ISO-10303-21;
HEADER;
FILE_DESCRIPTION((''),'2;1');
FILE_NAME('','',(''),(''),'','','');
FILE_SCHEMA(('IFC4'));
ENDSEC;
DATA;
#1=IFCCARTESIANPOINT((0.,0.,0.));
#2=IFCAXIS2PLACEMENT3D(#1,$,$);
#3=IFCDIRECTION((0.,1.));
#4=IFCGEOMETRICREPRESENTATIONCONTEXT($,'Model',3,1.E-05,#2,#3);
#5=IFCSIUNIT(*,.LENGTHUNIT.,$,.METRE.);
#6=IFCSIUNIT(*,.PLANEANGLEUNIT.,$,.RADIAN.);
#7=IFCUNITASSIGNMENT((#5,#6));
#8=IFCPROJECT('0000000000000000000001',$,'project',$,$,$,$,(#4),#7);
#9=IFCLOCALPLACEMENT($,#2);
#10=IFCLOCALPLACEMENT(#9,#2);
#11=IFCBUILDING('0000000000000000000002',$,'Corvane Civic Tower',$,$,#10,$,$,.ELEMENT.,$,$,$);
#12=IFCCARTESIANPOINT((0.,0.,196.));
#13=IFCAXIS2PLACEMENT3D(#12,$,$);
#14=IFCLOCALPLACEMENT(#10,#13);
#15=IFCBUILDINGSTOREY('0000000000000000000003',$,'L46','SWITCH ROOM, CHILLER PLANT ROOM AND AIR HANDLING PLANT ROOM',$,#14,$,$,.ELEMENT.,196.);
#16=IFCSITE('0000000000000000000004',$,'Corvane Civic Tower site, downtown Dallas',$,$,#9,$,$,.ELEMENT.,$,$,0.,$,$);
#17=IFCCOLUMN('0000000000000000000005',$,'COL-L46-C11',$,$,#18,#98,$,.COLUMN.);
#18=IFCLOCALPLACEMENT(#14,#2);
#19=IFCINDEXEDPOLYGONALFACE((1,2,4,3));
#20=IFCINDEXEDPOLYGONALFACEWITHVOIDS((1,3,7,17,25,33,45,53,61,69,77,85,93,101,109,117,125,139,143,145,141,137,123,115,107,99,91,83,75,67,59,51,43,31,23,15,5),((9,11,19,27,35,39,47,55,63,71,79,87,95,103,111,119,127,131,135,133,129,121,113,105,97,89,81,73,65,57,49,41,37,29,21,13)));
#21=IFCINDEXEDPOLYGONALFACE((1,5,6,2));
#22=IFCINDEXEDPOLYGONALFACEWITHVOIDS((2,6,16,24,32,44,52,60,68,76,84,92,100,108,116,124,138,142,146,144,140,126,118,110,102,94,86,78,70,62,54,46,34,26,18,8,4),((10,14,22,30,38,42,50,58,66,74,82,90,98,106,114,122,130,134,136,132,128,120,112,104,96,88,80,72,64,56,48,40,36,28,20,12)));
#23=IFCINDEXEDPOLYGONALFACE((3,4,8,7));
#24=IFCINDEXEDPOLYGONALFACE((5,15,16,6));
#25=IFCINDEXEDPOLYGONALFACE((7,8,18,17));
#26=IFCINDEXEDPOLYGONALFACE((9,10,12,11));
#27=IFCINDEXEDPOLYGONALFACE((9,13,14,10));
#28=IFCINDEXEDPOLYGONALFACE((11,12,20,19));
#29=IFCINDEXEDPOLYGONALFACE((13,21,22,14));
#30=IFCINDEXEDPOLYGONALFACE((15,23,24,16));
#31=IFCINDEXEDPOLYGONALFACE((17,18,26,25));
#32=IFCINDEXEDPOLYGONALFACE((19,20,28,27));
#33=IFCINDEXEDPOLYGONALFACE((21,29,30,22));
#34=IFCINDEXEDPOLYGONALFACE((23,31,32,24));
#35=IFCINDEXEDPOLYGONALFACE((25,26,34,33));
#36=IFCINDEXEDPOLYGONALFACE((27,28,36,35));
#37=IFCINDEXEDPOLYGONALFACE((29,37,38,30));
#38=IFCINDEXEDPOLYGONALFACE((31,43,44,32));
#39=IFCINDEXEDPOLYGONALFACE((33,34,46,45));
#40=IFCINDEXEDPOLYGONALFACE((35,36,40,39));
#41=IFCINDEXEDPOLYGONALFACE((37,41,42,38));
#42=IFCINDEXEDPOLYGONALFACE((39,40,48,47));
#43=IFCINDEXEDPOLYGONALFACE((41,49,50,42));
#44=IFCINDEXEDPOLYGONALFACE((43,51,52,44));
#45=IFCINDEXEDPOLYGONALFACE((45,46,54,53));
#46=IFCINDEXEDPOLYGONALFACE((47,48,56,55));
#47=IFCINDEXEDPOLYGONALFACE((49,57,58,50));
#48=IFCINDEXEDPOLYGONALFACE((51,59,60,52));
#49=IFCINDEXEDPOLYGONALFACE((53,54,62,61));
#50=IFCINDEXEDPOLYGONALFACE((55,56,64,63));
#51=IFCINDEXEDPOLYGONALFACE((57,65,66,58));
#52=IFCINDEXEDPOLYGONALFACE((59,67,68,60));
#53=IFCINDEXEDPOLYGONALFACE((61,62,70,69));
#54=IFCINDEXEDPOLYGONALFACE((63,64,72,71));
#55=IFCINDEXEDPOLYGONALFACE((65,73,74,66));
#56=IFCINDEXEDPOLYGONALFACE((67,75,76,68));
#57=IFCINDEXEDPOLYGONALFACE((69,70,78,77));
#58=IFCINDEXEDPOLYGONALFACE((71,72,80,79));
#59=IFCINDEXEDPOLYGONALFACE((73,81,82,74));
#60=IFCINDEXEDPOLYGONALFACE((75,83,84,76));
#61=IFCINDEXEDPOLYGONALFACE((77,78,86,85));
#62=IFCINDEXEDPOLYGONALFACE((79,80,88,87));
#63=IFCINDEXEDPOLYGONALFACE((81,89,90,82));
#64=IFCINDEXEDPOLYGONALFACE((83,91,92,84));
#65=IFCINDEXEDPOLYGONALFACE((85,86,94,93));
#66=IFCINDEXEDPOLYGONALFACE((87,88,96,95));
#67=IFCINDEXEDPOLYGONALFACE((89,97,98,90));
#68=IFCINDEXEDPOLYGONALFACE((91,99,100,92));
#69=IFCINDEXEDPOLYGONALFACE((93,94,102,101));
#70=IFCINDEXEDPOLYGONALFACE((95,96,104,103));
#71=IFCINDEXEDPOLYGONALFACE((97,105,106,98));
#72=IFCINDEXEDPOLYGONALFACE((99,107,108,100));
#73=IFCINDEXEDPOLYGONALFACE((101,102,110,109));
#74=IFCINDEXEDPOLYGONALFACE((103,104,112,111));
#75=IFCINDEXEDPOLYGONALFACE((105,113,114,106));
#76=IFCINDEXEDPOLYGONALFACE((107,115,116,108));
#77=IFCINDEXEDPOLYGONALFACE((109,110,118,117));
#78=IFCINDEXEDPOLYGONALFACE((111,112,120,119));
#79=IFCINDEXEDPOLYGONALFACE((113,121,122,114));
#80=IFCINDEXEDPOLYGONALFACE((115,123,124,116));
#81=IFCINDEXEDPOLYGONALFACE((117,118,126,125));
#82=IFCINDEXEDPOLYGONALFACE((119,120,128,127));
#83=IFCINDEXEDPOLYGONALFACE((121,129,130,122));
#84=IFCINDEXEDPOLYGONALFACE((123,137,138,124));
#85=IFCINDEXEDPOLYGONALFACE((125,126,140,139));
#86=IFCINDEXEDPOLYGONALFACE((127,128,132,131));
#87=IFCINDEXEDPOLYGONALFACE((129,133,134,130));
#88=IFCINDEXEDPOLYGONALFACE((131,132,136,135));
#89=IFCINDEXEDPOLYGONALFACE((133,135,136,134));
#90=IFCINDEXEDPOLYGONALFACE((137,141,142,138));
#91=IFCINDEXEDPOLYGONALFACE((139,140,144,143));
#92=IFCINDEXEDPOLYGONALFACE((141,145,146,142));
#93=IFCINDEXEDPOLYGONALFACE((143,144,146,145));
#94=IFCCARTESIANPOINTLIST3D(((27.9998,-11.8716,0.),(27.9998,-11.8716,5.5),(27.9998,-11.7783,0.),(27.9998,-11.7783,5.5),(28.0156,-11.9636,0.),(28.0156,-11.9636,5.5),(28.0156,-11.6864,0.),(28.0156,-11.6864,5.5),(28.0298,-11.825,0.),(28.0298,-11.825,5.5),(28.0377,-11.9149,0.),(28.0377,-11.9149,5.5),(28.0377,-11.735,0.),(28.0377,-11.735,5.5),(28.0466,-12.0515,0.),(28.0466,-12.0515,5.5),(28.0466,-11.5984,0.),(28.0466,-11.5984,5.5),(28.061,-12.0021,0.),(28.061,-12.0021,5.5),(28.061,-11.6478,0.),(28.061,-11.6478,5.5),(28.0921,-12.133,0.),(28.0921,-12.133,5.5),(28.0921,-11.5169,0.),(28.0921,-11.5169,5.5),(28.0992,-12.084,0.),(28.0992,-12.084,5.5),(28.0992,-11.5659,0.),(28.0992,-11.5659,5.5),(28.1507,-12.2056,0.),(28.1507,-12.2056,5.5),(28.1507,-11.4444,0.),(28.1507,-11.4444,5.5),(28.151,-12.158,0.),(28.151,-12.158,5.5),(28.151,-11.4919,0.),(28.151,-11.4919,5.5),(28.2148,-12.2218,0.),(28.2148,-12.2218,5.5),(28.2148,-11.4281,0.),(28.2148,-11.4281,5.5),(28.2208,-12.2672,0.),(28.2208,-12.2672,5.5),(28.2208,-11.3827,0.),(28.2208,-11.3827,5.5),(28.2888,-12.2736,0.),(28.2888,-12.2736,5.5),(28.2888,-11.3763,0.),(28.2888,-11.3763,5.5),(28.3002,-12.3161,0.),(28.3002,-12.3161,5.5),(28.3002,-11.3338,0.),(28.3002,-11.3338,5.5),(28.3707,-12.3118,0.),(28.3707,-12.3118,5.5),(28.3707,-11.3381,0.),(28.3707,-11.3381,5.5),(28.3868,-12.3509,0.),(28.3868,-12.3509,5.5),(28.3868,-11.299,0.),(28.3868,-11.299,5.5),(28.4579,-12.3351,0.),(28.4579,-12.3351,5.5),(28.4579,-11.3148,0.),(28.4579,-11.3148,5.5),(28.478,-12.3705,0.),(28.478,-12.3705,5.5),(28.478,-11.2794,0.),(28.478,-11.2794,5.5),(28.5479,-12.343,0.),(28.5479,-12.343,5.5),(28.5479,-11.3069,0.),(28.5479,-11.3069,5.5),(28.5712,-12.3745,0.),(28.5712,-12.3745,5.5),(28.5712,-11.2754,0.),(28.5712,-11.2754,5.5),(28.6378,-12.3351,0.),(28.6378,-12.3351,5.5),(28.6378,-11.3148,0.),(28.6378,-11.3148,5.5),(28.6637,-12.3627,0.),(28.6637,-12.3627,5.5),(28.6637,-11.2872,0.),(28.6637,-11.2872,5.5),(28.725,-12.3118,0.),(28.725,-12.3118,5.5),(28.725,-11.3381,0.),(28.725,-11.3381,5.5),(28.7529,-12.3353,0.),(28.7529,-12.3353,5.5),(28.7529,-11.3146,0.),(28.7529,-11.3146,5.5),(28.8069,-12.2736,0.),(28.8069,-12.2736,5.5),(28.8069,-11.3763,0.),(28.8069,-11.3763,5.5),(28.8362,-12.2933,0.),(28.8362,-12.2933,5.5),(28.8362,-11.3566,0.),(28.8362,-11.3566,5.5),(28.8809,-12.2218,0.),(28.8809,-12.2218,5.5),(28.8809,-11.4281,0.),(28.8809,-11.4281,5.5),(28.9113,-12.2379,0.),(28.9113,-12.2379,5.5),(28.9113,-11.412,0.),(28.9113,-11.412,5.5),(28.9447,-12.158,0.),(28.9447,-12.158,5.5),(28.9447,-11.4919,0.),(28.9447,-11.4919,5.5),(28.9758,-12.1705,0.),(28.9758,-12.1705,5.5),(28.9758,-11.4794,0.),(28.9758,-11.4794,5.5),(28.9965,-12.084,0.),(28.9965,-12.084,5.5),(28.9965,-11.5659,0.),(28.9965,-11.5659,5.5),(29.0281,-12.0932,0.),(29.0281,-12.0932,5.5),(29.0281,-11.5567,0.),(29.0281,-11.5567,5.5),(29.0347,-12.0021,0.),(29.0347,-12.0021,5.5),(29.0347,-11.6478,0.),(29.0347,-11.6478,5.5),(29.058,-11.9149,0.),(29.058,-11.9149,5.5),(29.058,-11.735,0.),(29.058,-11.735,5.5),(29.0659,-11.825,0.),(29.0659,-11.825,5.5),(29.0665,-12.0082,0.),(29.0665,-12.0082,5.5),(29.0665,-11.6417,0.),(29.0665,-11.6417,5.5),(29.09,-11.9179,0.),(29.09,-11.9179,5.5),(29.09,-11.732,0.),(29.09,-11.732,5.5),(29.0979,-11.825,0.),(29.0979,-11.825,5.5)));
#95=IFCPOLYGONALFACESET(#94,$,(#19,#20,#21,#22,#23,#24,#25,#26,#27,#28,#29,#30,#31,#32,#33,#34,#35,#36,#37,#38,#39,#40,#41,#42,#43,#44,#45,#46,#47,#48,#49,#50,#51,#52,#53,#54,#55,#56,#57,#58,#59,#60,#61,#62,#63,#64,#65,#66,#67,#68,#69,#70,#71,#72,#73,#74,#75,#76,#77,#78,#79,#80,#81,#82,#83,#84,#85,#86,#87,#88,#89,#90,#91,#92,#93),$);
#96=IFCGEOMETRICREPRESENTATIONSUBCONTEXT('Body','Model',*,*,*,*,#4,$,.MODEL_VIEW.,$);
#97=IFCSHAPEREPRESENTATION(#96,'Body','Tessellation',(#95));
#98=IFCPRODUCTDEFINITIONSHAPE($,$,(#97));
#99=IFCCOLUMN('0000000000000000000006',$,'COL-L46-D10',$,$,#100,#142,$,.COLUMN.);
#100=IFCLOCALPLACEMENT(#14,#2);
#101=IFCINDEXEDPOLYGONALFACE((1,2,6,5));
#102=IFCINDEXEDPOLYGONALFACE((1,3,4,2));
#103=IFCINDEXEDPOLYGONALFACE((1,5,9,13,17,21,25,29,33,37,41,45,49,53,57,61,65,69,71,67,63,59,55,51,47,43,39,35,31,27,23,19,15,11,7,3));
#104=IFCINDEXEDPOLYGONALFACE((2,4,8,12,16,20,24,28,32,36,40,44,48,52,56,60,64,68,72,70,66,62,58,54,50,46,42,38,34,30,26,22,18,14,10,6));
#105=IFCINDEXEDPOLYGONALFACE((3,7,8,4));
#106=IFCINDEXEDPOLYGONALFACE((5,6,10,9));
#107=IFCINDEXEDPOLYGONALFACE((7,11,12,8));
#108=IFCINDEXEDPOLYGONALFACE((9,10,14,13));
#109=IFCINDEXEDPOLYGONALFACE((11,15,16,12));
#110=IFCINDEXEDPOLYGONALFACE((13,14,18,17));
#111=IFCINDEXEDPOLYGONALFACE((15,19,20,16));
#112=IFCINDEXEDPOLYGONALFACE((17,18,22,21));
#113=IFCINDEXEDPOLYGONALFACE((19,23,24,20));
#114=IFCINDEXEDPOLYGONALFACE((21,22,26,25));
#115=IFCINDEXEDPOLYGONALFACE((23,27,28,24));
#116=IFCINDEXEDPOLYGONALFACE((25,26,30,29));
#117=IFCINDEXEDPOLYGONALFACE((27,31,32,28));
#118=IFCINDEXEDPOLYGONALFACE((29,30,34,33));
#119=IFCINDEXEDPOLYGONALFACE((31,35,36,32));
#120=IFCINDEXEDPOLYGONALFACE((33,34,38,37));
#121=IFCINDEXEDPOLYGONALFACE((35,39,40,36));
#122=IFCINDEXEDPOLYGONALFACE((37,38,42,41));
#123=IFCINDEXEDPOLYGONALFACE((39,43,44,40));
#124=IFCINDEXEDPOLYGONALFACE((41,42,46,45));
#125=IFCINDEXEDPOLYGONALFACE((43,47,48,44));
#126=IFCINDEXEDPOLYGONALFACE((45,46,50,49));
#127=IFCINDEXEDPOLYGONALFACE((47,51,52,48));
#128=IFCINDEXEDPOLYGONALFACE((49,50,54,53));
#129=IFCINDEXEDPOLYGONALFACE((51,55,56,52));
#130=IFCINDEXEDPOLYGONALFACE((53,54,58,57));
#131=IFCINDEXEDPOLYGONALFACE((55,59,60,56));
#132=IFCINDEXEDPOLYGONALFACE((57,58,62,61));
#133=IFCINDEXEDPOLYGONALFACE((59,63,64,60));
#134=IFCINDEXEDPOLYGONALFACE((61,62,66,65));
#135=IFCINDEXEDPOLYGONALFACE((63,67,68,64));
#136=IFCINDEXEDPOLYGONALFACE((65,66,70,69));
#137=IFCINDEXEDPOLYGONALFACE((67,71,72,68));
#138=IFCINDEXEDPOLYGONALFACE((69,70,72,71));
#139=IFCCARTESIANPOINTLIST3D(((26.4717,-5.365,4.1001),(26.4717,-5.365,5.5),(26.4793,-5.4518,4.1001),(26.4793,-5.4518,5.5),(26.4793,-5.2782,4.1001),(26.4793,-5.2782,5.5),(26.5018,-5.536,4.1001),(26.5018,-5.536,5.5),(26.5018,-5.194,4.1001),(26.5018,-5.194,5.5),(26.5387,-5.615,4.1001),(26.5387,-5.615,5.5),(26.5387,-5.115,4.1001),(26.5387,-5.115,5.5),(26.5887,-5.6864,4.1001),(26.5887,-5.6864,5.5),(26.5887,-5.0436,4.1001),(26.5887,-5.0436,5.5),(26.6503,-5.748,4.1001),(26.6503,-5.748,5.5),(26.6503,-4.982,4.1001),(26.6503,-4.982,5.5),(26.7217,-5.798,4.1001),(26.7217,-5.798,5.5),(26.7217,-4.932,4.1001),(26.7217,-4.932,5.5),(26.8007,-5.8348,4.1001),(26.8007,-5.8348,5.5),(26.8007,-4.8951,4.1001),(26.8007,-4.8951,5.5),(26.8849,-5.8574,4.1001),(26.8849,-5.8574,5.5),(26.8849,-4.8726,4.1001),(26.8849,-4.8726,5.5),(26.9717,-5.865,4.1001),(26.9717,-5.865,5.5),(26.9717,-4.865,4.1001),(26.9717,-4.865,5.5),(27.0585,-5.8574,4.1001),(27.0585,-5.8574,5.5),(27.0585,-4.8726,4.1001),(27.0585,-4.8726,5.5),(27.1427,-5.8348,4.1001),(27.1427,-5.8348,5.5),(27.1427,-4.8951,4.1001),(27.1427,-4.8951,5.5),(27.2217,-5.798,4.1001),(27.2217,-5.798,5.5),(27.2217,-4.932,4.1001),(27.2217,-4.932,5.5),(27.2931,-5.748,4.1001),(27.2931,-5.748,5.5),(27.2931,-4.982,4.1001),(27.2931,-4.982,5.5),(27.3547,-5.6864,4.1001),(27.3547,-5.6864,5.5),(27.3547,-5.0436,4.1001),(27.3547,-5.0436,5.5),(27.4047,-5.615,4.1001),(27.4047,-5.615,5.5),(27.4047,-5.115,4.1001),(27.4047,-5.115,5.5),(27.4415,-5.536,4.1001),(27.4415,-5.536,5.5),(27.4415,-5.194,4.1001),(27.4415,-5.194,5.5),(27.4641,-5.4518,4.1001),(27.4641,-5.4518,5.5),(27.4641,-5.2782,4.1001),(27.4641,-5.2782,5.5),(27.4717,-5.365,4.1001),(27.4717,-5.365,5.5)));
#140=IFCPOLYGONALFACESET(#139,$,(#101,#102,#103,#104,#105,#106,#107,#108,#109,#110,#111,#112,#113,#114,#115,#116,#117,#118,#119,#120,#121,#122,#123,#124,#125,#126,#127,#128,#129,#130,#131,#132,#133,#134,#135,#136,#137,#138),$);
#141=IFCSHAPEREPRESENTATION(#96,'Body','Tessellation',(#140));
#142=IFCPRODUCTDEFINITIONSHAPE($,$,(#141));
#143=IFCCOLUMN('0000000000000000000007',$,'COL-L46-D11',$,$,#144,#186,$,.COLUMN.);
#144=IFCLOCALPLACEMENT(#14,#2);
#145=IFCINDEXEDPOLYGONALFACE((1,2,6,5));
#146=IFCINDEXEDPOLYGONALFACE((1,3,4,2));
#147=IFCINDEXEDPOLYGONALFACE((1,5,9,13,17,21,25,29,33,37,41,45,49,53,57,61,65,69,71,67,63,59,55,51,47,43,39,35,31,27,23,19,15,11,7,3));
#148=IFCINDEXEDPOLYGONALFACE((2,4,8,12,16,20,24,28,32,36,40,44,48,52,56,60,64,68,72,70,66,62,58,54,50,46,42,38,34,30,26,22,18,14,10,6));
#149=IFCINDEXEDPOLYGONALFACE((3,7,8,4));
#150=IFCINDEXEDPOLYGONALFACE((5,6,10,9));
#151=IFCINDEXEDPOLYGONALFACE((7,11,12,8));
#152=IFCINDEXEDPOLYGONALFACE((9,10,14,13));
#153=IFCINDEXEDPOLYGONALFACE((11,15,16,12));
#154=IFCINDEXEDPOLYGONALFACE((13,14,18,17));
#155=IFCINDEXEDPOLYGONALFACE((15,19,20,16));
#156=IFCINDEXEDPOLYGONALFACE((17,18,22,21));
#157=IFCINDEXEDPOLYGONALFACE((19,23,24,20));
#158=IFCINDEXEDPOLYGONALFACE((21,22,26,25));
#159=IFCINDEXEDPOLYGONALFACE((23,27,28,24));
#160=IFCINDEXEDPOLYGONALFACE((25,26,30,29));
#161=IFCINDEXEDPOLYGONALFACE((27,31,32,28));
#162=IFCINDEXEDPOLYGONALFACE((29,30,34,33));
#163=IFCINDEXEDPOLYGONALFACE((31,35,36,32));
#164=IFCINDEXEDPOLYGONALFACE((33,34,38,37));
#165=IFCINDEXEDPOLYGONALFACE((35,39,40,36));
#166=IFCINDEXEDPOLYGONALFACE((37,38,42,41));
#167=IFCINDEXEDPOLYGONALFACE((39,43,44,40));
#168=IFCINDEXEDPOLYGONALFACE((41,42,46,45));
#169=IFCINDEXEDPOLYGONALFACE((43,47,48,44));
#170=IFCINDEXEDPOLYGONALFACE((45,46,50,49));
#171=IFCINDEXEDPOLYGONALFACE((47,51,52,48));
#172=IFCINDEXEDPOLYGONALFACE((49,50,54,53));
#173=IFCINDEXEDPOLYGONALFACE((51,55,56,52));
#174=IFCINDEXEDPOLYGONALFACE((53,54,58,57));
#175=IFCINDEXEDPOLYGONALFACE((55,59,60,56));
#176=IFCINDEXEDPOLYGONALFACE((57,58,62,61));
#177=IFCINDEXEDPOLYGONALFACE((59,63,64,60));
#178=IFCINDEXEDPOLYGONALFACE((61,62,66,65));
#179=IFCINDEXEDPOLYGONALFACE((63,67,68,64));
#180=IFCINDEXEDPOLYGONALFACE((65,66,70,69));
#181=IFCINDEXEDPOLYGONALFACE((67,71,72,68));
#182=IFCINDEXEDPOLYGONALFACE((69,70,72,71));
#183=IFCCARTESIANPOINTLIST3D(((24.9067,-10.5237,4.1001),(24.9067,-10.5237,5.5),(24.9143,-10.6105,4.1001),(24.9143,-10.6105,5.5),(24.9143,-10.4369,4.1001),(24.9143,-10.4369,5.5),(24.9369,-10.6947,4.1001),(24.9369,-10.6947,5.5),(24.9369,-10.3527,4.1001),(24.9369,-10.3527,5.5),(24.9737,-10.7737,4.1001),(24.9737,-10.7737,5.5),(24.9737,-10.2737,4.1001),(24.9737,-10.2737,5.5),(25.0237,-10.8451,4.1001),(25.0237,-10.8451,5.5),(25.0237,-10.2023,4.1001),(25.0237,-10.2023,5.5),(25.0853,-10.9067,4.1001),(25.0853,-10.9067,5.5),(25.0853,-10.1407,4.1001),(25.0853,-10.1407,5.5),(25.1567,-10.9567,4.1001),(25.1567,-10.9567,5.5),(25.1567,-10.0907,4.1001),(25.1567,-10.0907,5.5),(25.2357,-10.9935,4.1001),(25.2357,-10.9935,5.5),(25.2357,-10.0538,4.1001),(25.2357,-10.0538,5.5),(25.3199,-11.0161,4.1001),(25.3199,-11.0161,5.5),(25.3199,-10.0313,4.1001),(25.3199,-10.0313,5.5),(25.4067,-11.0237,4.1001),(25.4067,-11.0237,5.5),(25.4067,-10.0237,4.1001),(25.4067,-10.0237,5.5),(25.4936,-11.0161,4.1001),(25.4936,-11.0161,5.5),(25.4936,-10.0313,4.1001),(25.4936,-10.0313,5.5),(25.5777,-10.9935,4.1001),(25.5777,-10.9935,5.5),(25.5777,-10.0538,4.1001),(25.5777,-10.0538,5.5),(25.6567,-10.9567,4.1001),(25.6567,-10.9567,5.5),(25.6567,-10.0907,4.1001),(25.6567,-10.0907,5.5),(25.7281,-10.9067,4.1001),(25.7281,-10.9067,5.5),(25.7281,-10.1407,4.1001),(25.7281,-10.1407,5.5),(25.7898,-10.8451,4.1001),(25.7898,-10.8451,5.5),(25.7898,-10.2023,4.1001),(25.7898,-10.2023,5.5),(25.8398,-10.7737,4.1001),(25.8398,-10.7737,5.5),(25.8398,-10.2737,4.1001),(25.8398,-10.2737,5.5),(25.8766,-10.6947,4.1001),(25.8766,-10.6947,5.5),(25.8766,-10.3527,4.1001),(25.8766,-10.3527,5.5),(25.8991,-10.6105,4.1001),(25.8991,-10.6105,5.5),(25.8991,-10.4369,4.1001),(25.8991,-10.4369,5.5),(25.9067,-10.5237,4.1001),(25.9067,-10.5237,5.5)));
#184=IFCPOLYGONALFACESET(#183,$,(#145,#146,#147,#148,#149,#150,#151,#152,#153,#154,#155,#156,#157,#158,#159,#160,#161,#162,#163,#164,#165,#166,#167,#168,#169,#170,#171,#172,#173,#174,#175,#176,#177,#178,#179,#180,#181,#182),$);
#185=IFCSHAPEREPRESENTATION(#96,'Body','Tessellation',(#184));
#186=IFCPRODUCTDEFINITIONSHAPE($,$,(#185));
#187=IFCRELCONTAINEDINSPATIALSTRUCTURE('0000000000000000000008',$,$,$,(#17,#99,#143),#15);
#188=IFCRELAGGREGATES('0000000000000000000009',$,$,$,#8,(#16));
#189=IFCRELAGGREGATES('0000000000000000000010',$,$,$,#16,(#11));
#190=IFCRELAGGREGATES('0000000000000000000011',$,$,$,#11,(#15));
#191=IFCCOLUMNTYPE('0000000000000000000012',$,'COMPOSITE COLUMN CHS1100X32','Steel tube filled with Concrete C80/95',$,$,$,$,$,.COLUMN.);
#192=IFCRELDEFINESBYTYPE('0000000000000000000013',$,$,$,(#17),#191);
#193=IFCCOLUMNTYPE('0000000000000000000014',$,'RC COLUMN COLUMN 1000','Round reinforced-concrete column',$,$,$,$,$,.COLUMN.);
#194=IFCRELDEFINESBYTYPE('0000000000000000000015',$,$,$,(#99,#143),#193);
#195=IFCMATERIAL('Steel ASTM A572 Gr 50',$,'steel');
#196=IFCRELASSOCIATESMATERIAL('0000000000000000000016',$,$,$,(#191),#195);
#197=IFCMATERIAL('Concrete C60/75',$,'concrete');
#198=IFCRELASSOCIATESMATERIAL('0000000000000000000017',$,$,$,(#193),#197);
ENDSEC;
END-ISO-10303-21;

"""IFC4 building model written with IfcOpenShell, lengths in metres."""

from ifc_helpers import new_model, si_unit, direction, frame, origin, origin_2d, place, context, subcontext, project, spatial, circle, hollow_circle, extrude, material, material_profile, profile_set, type_object, element, save


model = new_model("IFC4")

# Units and contexts
model_context = context("Model", 3, precision=1e-05, world=origin(), true_north=direction((0.0, 1.0)))
body_context = subcontext(model_context, "Body", "Model", "MODEL_VIEW")
ifc_project = project(units=[si_unit("LENGTHUNIT", "METRE"), si_unit("PLANEANGLEUNIT", "RADIAN")], contexts=[model_context])

# Site, building, storey
site_placement = place(None, origin())
site = spatial("IfcSite", under=ifc_project, at=site_placement, Name="Corvane Civic Tower site, downtown Dallas", CompositionType="ELEMENT", RefElevation=0.0)
building_placement = place(site_placement, origin())
building = spatial("IfcBuilding", under=site, at=building_placement, Name="Corvane Civic Tower", CompositionType="ELEMENT")
storey_placement = place(building_placement, frame((0.0, 0.0, 196.0)))
storey = spatial("IfcBuildingStorey", under=building, at=storey_placement, Name="L46", Description="SWITCH ROOM, CHILLER PLANT ROOM AND AIR HANDLING PLANT ROOM", CompositionType="ELEMENT", Elevation=196.0)

# Columns
ifc_material_1 = material(Name="Steel ASTM A572 Gr 50", Category="steel")
ifc_material_profile_1 = material_profile(ifc_material_1, hollow_circle(Radius=0.55, WallThickness=0.032, at=origin_2d()), Name="CHS1100X32")
ifc_profile_set_1 = profile_set([ifc_material_profile_1], Name="Steel ASTM A572 Gr 50")
column_type_1 = type_object("IfcColumnType", Name="COMPOSITE COLUMN CHS1100X32", Description="Steel tube filled with Concrete C80/95", PredefinedType="COLUMN", material=ifc_profile_set_1)
column_placement = place(storey_placement, frame((28.5479, -11.825, 0.0), z_axis=(0.0, 0.0, 1.0), x_axis=(1.0, 0.0, 0.0)))
element("IfcColumn", 1, at=column_placement, inside=storey, type_object=column_type_1, Name="COL-L46-C11", PredefinedType="COLUMN", context=body_context, shape_type="SweptSolid", body=[
    extrude(hollow_circle(Radius=0.55, WallThickness=0.032, at=origin_2d()), origin(), (0.0, 0.0, 1.0), 5.5),
])
ifc_material_2 = material(Name="Concrete C60/75", Category="concrete")
ifc_material_profile_2 = material_profile(ifc_material_2, circle(Radius=0.5, at=origin_2d()), Name="COLUMN 1000")
ifc_profile_set_2 = profile_set([ifc_material_profile_2], Name="Concrete C60/75")
column_type_2 = type_object("IfcColumnType", Name="RC COLUMN COLUMN 1000", Description="Round reinforced-concrete column", PredefinedType="COLUMN", material=ifc_profile_set_2)
for number, where, z_axis, x_axis, name in (
    (2, (26.9717, -5.365, 4.1001), (0.0, 0.0, 1.0), (1.0, 0.0, 0.0), "COL-L46-D10"),
    (3, (25.4067, -10.5237, 4.1001), (0.0, 0.0, 1.0), (1.0, 0.0, 0.0), "COL-L46-D11"),
):
    element("IfcColumn", number, at=place(storey_placement, frame(where, z_axis=z_axis, x_axis=x_axis)), inside=storey, type_object=column_type_2, Name=name, PredefinedType="COLUMN", context=body_context, shape_type="SweptSolid", body=[
        extrude(circle(Radius=0.5, at=origin_2d()), origin(), (0.0, 0.0, 1.0), 1.3999),
    ])

save(model, "model.ifc")
